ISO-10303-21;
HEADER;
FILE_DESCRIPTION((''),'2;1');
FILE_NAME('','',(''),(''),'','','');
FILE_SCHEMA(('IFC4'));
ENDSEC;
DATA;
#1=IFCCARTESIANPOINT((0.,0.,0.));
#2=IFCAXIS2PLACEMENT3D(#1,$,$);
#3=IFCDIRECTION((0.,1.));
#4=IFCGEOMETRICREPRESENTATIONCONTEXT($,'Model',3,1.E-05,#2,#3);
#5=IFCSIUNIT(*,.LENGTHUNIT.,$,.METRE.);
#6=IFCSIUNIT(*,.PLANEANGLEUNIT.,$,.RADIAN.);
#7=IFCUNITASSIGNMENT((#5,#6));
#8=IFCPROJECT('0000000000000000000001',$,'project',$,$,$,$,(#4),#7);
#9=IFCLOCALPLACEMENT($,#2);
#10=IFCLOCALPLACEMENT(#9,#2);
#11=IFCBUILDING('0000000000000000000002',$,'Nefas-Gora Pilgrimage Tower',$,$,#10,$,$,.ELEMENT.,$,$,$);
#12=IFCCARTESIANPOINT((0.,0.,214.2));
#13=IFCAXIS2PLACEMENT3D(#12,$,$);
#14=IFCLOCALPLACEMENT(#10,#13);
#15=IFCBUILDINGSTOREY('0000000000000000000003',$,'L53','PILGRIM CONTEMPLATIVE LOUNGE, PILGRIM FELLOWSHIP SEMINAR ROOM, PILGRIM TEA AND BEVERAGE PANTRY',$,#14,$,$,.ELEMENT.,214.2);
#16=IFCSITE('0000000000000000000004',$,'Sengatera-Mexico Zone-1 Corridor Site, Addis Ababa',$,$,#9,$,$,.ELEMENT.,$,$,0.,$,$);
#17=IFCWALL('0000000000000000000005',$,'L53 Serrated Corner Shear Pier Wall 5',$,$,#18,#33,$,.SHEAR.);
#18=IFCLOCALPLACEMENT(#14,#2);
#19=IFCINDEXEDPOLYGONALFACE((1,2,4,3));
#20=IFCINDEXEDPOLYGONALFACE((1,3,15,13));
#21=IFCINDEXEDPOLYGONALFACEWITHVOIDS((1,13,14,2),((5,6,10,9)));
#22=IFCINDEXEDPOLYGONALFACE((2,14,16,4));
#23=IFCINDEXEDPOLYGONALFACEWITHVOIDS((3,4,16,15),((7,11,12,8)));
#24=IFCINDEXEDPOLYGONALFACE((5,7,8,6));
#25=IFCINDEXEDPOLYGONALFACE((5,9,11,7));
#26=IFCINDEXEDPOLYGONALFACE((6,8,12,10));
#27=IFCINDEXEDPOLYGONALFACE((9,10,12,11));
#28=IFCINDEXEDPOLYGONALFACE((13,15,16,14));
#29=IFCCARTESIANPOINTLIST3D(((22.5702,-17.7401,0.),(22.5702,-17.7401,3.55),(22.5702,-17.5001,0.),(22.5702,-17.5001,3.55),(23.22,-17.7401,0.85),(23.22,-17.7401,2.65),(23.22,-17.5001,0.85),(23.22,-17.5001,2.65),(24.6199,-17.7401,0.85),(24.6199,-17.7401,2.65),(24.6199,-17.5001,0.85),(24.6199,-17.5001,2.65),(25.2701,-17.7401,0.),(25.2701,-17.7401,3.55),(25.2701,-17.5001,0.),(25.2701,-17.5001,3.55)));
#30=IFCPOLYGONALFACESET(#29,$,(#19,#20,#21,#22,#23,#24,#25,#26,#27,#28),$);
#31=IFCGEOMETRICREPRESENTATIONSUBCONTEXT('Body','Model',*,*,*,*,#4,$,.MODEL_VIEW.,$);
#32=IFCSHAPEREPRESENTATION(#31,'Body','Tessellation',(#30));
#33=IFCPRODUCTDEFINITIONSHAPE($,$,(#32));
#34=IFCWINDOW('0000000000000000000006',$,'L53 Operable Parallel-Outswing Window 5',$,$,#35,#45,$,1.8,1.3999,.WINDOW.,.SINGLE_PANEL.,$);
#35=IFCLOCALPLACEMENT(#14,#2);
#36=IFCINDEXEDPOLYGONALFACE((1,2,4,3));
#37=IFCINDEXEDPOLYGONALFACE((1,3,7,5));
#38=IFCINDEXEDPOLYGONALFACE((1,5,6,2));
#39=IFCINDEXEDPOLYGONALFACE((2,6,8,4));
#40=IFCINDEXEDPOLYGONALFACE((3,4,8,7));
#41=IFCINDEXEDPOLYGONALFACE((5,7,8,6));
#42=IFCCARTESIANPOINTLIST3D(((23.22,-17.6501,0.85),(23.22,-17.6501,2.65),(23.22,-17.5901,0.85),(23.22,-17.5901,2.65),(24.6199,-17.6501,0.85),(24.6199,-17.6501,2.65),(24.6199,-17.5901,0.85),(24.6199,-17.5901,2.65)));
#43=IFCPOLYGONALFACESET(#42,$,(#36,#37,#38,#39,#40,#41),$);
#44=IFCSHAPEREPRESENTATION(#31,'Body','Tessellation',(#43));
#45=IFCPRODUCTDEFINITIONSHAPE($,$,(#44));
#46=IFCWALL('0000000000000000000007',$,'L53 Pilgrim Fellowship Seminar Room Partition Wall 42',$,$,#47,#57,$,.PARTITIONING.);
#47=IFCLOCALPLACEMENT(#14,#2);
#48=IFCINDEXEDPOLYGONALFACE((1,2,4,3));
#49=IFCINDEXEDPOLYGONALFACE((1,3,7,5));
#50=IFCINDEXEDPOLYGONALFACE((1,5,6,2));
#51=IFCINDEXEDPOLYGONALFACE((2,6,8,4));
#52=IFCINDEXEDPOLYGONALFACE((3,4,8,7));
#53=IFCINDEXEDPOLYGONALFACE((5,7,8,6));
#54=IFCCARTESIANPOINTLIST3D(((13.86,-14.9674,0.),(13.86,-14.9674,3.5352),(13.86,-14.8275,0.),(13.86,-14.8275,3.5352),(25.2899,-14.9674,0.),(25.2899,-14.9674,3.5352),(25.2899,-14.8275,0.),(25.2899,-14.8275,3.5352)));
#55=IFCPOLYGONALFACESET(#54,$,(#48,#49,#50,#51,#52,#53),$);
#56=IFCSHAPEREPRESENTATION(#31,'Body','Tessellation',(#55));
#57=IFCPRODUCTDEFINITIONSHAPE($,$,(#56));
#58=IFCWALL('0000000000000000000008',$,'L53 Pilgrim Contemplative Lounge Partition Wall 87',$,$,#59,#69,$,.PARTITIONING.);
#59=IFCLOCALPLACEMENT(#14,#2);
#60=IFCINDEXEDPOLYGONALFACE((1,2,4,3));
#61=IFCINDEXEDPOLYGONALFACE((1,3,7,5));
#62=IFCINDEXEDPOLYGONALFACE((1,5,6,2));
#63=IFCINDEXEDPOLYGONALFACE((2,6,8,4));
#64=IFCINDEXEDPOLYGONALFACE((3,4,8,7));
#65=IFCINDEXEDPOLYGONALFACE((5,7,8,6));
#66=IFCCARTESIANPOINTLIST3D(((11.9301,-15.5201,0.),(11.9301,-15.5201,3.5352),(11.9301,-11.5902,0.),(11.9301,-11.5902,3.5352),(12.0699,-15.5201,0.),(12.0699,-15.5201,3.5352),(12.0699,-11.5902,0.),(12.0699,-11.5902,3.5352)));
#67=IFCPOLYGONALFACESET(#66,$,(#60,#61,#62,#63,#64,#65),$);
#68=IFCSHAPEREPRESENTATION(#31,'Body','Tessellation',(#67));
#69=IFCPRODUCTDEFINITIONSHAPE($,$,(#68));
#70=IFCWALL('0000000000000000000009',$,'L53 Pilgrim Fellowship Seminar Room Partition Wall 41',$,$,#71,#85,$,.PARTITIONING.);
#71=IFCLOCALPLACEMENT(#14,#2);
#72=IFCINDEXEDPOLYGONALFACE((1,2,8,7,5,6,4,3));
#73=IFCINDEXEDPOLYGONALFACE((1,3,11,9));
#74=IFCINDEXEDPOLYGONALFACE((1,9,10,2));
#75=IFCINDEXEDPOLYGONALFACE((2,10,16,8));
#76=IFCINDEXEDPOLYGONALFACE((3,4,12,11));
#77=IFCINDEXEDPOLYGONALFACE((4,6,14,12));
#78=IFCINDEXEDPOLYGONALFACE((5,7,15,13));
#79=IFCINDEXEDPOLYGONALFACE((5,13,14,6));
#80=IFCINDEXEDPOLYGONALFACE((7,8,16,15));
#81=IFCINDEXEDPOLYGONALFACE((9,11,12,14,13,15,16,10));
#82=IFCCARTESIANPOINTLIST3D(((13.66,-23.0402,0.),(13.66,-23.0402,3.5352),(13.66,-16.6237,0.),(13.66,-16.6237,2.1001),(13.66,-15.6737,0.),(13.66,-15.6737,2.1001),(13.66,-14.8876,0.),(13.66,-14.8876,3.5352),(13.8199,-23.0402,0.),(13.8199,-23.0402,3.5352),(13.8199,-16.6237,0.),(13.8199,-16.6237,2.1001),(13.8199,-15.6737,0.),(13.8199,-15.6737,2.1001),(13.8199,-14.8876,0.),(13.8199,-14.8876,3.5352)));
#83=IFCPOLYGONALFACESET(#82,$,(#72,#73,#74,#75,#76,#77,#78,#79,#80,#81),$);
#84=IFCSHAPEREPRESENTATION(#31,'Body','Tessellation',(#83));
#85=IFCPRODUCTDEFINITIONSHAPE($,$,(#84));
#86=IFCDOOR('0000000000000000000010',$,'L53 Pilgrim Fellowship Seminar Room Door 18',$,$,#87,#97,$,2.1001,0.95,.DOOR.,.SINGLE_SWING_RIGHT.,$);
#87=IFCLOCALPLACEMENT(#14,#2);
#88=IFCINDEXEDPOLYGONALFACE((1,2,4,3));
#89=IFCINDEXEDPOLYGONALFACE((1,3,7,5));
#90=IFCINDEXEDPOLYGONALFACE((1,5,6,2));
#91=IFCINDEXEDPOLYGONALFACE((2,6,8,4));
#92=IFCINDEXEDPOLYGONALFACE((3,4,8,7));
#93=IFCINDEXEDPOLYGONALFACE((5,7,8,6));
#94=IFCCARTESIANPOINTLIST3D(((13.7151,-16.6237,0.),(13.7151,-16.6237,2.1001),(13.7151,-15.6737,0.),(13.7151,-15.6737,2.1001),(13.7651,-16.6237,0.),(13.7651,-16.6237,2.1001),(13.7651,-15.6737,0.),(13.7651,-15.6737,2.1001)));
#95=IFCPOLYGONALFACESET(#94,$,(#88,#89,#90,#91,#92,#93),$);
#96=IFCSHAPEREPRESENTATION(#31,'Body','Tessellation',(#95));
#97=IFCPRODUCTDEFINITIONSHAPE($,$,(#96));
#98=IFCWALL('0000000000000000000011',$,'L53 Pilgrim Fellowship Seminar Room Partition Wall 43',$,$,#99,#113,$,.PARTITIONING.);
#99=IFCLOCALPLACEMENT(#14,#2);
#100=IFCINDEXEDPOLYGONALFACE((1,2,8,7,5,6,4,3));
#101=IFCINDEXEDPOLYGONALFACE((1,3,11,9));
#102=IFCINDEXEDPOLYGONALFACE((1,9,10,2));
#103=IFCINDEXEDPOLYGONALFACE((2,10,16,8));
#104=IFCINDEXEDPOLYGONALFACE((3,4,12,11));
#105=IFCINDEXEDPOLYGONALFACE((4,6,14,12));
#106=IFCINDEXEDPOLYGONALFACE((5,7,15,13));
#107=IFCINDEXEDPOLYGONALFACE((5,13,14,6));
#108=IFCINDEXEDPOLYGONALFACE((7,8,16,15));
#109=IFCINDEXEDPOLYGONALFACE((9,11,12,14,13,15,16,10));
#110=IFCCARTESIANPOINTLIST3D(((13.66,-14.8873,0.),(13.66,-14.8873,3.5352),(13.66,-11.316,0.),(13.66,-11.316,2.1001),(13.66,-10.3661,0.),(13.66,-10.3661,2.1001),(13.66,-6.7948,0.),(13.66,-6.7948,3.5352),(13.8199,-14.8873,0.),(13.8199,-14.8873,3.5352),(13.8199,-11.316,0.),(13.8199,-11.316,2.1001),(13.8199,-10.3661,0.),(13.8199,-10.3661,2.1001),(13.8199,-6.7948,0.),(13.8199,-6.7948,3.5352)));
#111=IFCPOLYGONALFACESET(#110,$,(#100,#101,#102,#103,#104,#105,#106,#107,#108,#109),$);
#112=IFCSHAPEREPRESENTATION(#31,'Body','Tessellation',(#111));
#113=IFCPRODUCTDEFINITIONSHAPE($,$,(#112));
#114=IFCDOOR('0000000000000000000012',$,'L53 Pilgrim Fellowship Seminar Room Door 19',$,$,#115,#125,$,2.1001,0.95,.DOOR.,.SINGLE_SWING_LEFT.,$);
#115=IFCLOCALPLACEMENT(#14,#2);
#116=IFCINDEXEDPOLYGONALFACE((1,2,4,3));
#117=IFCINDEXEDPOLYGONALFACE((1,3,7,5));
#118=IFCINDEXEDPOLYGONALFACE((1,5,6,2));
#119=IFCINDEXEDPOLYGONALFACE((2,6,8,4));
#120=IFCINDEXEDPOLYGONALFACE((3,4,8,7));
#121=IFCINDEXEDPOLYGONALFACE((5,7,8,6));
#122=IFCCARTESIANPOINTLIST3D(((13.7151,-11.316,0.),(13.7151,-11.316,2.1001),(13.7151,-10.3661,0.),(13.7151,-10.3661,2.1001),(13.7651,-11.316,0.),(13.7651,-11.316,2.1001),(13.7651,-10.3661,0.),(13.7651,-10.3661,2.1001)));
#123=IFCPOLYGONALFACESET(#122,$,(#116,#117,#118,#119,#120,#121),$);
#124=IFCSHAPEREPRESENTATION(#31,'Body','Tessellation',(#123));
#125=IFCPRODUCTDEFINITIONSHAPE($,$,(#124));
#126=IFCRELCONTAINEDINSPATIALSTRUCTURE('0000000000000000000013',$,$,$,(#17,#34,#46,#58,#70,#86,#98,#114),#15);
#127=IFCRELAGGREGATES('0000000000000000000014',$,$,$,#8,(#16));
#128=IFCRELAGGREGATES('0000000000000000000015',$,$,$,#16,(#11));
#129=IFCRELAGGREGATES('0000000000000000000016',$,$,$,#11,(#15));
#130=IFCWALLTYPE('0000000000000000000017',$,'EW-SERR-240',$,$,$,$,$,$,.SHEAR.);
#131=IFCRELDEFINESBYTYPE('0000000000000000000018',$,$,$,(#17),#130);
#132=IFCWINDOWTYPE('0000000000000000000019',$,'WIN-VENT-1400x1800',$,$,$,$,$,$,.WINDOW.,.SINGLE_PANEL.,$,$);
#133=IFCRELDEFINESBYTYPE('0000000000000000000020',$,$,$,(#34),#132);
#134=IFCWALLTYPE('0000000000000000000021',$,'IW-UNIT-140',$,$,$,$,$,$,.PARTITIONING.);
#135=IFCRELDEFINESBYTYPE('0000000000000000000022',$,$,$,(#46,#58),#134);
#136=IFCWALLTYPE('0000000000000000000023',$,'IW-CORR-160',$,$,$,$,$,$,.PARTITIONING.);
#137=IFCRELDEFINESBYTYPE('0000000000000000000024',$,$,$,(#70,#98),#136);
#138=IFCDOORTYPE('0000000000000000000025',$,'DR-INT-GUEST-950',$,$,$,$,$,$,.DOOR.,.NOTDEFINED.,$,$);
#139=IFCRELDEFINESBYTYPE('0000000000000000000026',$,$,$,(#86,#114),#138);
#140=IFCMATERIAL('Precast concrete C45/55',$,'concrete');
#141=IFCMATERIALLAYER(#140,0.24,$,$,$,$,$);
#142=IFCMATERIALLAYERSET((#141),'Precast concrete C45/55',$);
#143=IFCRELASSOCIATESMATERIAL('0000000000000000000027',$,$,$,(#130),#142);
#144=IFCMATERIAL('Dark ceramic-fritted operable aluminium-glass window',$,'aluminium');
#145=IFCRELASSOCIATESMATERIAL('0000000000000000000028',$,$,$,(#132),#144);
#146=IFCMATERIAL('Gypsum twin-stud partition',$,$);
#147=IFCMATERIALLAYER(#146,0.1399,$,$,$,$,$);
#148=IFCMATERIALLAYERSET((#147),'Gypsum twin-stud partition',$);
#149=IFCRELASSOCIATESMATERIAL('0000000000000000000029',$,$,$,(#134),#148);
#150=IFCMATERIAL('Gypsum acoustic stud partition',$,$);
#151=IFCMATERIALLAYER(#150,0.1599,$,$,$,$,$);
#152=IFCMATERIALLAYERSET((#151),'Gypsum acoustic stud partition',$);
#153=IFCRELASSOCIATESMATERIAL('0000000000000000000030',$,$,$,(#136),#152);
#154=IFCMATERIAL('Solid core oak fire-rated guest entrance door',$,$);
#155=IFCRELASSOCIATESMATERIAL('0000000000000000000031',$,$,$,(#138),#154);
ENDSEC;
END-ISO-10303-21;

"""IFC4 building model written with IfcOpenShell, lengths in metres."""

from ifc_helpers import new_model, si_unit, direction, frame, frame_2d, origin, place, context, subcontext, project, spatial, rectangle, extrude, source, transform, mapped, material, layer, layer_set, type_object, element, fill, save


model = new_model("IFC4")

# Units and contexts
model_context = context("Model", 3, precision=1e-05, world=origin(), true_north=direction((0.0, 1.0)))
body_context = subcontext(model_context, "Body", "Model", "MODEL_VIEW")
ifc_project = project(units=[si_unit("LENGTHUNIT", "METRE"), si_unit("PLANEANGLEUNIT", "RADIAN")], contexts=[model_context])

# Site, building, storey
site_placement = place(None, origin())
site = spatial("IfcSite", under=ifc_project, at=site_placement, Name="Sengatera-Mexico Zone-1 Corridor Site, Addis Ababa", CompositionType="ELEMENT", RefElevation=0.0)
building_placement = place(site_placement, origin())
building = spatial("IfcBuilding", under=site, at=building_placement, Name="Nefas-Gora Pilgrimage Tower", CompositionType="ELEMENT")
storey_placement = place(building_placement, frame((0.0, 0.0, 214.2)))
storey = spatial("IfcBuildingStorey", under=building, at=storey_placement, Name="L53", Description="PILGRIM CONTEMPLATIVE LOUNGE, PILGRIM FELLOWSHIP SEMINAR ROOM, PILGRIM TEA AND BEVERAGE PANTRY", CompositionType="ELEMENT", Elevation=214.2)

# Shared definitions
ifc_material_1 = material(Name="Precast concrete C45/55", Category="concrete")
ifc_layer_1 = layer(ifc_material_1, 0.24)
ifc_layer_set_1 = layer_set([ifc_layer_1], Name="Precast concrete C45/55")
wall_type_1 = type_object("IfcWallType", Name="EW-SERR-240", PredefinedType="SHEAR", material=ifc_layer_set_1)
shared_shape_1 = source(origin(), body_context, "Body", "SweptSolid", [
    extrude(rectangle(XDim=2.7, YDim=0.24, at=frame_2d((1.3501, 0.0))), origin(), (0.0, 0.0, 1.0), 3.55),
])

# Wall, opening, window
wall_1_placement = place(storey_placement, frame((22.5701, -17.6201, 0.0), z_axis=(0.0, 0.0, 1.0), x_axis=(1.0, 0.0, 0.0)))
wall_1 = element("IfcWall", 1, at=wall_1_placement, inside=storey, type_object=wall_type_1, Name="L53 Serrated Corner Shear Pier Wall 5", PredefinedType="SHEAR", context=body_context, shape_type="MappedRepresentation", body=[
    mapped(shared_shape_1, transform((0.0, 0.0, 0.0), x_axis=(1.0, 0.0, 0.0), y_axis=(0.0, 1.0, 0.0), z_axis=(0.0, 0.0, 1.0), scale=1.0)),
])
opening_1_placement = place(wall_1_placement, frame((0.6499, 0.0, 0.8501)))
opening_1 = element("IfcOpeningElement", 2, at=opening_1_placement, cuts=wall_1, PredefinedType="OPENING", context=body_context, shape_type="SweptSolid", body=[
    extrude(rectangle(XDim=1.3999, YDim=1.8, at=frame_2d((0.7, 0.8999))), frame((0.0, 0.1299, 0.0), z_axis=(0.0, -1.0, 0.0), x_axis=(1.0, 0.0, 0.0)), (0.0, 0.0, 1.0), 0.26),
])
ifc_material_2 = material(Name="Dark ceramic-fritted operable aluminium-glass window", Category="aluminium")
window_type = type_object("IfcWindowType", Name="WIN-VENT-1400x1800", PartitioningType="SINGLE_PANEL", PredefinedType="WINDOW", material=ifc_material_2)
shared_shape_2 = source(origin(), body_context, "Body", "SweptSolid", [
    extrude(rectangle(XDim=1.3999, YDim=1.8, at=frame_2d((0.7, 0.8999))), frame((0.0, 0.03, 0.0), z_axis=(0.0, -1.0, 0.0), x_axis=(1.0, 0.0, 0.0)), (0.0, 0.0, 1.0), 0.0601),
])
window_placement = place(opening_1_placement, origin())
window = element("IfcWindow", 3, at=window_placement, inside=storey, type_object=window_type, Name="L53 Operable Parallel-Outswing Window 5", OverallHeight=1.8, OverallWidth=1.3999, PartitioningType="SINGLE_PANEL", PredefinedType="WINDOW", context=body_context, shape_type="MappedRepresentation", body=[
    mapped(shared_shape_2, transform((0.0, 0.0, 0.0), x_axis=(1.0, 0.0, 0.0), y_axis=(0.0, 1.0, 0.0), z_axis=(0.0, 0.0, 1.0), scale=1.0)),
])
fill(opening_1, window)

# Walls
ifc_material_3 = material(Name="Gypsum twin-stud partition")
ifc_layer_2 = layer(ifc_material_3, 0.1399)
ifc_layer_set_2 = layer_set([ifc_layer_2], Name="Gypsum twin-stud partition")
wall_type_2 = type_object("IfcWallType", Name="IW-UNIT-140", PredefinedType="PARTITIONING", material=ifc_layer_set_2)
shared_shape_3 = source(origin(), body_context, "Body", "SweptSolid", [
    extrude(rectangle(XDim=11.4299, YDim=0.1399, at=frame_2d((5.7148, 0.0))), origin(), (0.0, 0.0, 1.0), 3.5352),
])
wall_2_placement = place(storey_placement, frame((13.8601, -14.8975, 0.0), z_axis=(0.0, 0.0, 1.0), x_axis=(1.0, 0.0, 0.0)))
element("IfcWall", 4, at=wall_2_placement, inside=storey, type_object=wall_type_2, Name="L53 Pilgrim Fellowship Seminar Room Partition Wall 42", PredefinedType="PARTITIONING", context=body_context, shape_type="MappedRepresentation", body=[
    mapped(shared_shape_3, transform((0.0, 0.0, 0.0), x_axis=(1.0, 0.0, 0.0), y_axis=(0.0, 1.0, 0.0), z_axis=(0.0, 0.0, 1.0), scale=1.0)),
])
shared_shape_4 = source(origin(), body_context, "Body", "SweptSolid", [
    extrude(rectangle(XDim=3.9299, YDim=0.1399, at=frame_2d((1.9648, 0.0))), origin(), (0.0, 0.0, 1.0), 3.5352),
])
wall_3_placement = place(storey_placement, frame((12.0, -15.52, 0.0), z_axis=(0.0, 0.0, 1.0), x_axis=(0.0, 1.0, 0.0)))
element("IfcWall", 5, at=wall_3_placement, inside=storey, type_object=wall_type_2, Name="L53 Pilgrim Contemplative Lounge Partition Wall 87", PredefinedType="PARTITIONING", context=body_context, shape_type="MappedRepresentation", body=[
    mapped(shared_shape_4, transform((0.0, 0.0, 0.0), x_axis=(1.0, 0.0, 0.0), y_axis=(0.0, 1.0, 0.0), z_axis=(0.0, 0.0, 1.0), scale=1.0)),
])

# Walls, openings, doors
ifc_material_4 = material(Name="Gypsum acoustic stud partition")
ifc_layer_3 = layer(ifc_material_4, 0.1599)
ifc_layer_set_3 = layer_set([ifc_layer_3], Name="Gypsum acoustic stud partition")
wall_type_3 = type_object("IfcWallType", Name="IW-CORR-160", PredefinedType="PARTITIONING", material=ifc_layer_set_3)
shared_shape_5 = source(origin(), body_context, "Body", "SweptSolid", [
    extrude(rectangle(XDim=8.1526, YDim=0.1599, at=frame_2d((4.0762, 0.0))), origin(), (0.0, 0.0, 1.0), 3.5352),
])
wall_4_placement = place(storey_placement, frame((13.74, -23.04, 0.0), z_axis=(0.0, 0.0, 1.0), x_axis=(0.0, 1.0, 0.0)))
wall_4 = element("IfcWall", 6, at=wall_4_placement, inside=storey, type_object=wall_type_3, Name="L53 Pilgrim Fellowship Seminar Room Partition Wall 41", PredefinedType="PARTITIONING", context=body_context, shape_type="MappedRepresentation", body=[
    mapped(shared_shape_5, transform((0.0, 0.0, 0.0), x_axis=(1.0, 0.0, 0.0), y_axis=(0.0, 1.0, 0.0), z_axis=(0.0, 0.0, 1.0), scale=1.0)),
])
opening_2_placement = place(wall_4_placement, frame((6.4163, 0.0, 0.0)))
opening_2 = element("IfcOpeningElement", 7, at=opening_2_placement, cuts=wall_4, PredefinedType="OPENING", context=body_context, shape_type="SweptSolid", body=[
    extrude(rectangle(XDim=0.95, YDim=2.1001, at=frame_2d((0.4751, 1.05))), frame((0.0, 0.0898, 0.0), z_axis=(0.0, -1.0, 0.0), x_axis=(1.0, 0.0, 0.0)), (0.0, 0.0, 1.0), 0.1799),
])
ifc_material_5 = material(Name="Solid core oak fire-rated guest entrance door")
door_type = type_object("IfcDoorType", Name="DR-INT-GUEST-950", OperationType="NOTDEFINED", PredefinedType="DOOR", material=ifc_material_5)
shared_shape_6 = source(origin(), body_context, "Body", "SweptSolid", [
    extrude(rectangle(XDim=0.95, YDim=2.1001, at=frame_2d((0.4751, 1.05))), frame((0.0, 0.0249, 0.0), z_axis=(0.0, -1.0, 0.0), x_axis=(1.0, 0.0, 0.0)), (0.0, 0.0, 1.0), 0.05),
])
door_1_placement = place(opening_2_placement, origin())
door_1 = element("IfcDoor", 8, at=door_1_placement, inside=storey, type_object=door_type, Name="L53 Pilgrim Fellowship Seminar Room Door 18", OperationType="SINGLE_SWING_RIGHT", OverallHeight=2.1001, OverallWidth=0.95, PredefinedType="DOOR", context=body_context, shape_type="MappedRepresentation", body=[
    mapped(shared_shape_6, transform((0.0, 0.0, 0.0), x_axis=(1.0, 0.0, 0.0), y_axis=(0.0, 1.0, 0.0), z_axis=(0.0, 0.0, 1.0), scale=1.0)),
])
fill(opening_2, door_1)
shared_shape_7 = source(origin(), body_context, "Body", "SweptSolid", [
    extrude(rectangle(XDim=8.0925, YDim=0.1599, at=frame_2d((4.0464, 0.0))), origin(), (0.0, 0.0, 1.0), 3.5352),
])
wall_5_placement = place(storey_placement, frame((13.74, -14.8875, 0.0), z_axis=(0.0, 0.0, 1.0), x_axis=(0.0, 1.0, 0.0)))
wall_5 = element("IfcWall", 9, at=wall_5_placement, inside=storey, type_object=wall_type_3, Name="L53 Pilgrim Fellowship Seminar Room Partition Wall 43", PredefinedType="PARTITIONING", context=body_context, shape_type="MappedRepresentation", body=[
    mapped(shared_shape_7, transform((0.0, 0.0, 0.0), x_axis=(1.0, 0.0, 0.0), y_axis=(0.0, 1.0, 0.0), z_axis=(0.0, 0.0, 1.0), scale=1.0)),
])
opening_3_placement = place(wall_5_placement, frame((3.5713, 0.0, 0.0)))
opening_3 = element("IfcOpeningElement", 10, at=opening_3_placement, cuts=wall_5, PredefinedType="OPENING", context=body_context, shape_type="SweptSolid", body=[
    extrude(rectangle(XDim=0.95, YDim=2.1001, at=frame_2d((0.4751, 1.05))), frame((0.0, 0.0898, 0.0), z_axis=(0.0, -1.0, 0.0), x_axis=(1.0, 0.0, 0.0)), (0.0, 0.0, 1.0), 0.1799),
])
door_2_placement = place(opening_3_placement, origin())
door_2 = element("IfcDoor", 11, at=door_2_placement, inside=storey, type_object=door_type, Name="L53 Pilgrim Fellowship Seminar Room Door 19", OperationType="SINGLE_SWING_LEFT", OverallHeight=2.1001, OverallWidth=0.95, PredefinedType="DOOR", context=body_context, shape_type="MappedRepresentation", body=[
    mapped(shared_shape_6, transform((0.0, 0.0, 0.0), x_axis=(1.0, 0.0, 0.0), y_axis=(0.0, 1.0, 0.0), z_axis=(0.0, 0.0, 1.0), scale=1.0)),
])
fill(opening_3, door_2)

save(model, "model.ifc")
